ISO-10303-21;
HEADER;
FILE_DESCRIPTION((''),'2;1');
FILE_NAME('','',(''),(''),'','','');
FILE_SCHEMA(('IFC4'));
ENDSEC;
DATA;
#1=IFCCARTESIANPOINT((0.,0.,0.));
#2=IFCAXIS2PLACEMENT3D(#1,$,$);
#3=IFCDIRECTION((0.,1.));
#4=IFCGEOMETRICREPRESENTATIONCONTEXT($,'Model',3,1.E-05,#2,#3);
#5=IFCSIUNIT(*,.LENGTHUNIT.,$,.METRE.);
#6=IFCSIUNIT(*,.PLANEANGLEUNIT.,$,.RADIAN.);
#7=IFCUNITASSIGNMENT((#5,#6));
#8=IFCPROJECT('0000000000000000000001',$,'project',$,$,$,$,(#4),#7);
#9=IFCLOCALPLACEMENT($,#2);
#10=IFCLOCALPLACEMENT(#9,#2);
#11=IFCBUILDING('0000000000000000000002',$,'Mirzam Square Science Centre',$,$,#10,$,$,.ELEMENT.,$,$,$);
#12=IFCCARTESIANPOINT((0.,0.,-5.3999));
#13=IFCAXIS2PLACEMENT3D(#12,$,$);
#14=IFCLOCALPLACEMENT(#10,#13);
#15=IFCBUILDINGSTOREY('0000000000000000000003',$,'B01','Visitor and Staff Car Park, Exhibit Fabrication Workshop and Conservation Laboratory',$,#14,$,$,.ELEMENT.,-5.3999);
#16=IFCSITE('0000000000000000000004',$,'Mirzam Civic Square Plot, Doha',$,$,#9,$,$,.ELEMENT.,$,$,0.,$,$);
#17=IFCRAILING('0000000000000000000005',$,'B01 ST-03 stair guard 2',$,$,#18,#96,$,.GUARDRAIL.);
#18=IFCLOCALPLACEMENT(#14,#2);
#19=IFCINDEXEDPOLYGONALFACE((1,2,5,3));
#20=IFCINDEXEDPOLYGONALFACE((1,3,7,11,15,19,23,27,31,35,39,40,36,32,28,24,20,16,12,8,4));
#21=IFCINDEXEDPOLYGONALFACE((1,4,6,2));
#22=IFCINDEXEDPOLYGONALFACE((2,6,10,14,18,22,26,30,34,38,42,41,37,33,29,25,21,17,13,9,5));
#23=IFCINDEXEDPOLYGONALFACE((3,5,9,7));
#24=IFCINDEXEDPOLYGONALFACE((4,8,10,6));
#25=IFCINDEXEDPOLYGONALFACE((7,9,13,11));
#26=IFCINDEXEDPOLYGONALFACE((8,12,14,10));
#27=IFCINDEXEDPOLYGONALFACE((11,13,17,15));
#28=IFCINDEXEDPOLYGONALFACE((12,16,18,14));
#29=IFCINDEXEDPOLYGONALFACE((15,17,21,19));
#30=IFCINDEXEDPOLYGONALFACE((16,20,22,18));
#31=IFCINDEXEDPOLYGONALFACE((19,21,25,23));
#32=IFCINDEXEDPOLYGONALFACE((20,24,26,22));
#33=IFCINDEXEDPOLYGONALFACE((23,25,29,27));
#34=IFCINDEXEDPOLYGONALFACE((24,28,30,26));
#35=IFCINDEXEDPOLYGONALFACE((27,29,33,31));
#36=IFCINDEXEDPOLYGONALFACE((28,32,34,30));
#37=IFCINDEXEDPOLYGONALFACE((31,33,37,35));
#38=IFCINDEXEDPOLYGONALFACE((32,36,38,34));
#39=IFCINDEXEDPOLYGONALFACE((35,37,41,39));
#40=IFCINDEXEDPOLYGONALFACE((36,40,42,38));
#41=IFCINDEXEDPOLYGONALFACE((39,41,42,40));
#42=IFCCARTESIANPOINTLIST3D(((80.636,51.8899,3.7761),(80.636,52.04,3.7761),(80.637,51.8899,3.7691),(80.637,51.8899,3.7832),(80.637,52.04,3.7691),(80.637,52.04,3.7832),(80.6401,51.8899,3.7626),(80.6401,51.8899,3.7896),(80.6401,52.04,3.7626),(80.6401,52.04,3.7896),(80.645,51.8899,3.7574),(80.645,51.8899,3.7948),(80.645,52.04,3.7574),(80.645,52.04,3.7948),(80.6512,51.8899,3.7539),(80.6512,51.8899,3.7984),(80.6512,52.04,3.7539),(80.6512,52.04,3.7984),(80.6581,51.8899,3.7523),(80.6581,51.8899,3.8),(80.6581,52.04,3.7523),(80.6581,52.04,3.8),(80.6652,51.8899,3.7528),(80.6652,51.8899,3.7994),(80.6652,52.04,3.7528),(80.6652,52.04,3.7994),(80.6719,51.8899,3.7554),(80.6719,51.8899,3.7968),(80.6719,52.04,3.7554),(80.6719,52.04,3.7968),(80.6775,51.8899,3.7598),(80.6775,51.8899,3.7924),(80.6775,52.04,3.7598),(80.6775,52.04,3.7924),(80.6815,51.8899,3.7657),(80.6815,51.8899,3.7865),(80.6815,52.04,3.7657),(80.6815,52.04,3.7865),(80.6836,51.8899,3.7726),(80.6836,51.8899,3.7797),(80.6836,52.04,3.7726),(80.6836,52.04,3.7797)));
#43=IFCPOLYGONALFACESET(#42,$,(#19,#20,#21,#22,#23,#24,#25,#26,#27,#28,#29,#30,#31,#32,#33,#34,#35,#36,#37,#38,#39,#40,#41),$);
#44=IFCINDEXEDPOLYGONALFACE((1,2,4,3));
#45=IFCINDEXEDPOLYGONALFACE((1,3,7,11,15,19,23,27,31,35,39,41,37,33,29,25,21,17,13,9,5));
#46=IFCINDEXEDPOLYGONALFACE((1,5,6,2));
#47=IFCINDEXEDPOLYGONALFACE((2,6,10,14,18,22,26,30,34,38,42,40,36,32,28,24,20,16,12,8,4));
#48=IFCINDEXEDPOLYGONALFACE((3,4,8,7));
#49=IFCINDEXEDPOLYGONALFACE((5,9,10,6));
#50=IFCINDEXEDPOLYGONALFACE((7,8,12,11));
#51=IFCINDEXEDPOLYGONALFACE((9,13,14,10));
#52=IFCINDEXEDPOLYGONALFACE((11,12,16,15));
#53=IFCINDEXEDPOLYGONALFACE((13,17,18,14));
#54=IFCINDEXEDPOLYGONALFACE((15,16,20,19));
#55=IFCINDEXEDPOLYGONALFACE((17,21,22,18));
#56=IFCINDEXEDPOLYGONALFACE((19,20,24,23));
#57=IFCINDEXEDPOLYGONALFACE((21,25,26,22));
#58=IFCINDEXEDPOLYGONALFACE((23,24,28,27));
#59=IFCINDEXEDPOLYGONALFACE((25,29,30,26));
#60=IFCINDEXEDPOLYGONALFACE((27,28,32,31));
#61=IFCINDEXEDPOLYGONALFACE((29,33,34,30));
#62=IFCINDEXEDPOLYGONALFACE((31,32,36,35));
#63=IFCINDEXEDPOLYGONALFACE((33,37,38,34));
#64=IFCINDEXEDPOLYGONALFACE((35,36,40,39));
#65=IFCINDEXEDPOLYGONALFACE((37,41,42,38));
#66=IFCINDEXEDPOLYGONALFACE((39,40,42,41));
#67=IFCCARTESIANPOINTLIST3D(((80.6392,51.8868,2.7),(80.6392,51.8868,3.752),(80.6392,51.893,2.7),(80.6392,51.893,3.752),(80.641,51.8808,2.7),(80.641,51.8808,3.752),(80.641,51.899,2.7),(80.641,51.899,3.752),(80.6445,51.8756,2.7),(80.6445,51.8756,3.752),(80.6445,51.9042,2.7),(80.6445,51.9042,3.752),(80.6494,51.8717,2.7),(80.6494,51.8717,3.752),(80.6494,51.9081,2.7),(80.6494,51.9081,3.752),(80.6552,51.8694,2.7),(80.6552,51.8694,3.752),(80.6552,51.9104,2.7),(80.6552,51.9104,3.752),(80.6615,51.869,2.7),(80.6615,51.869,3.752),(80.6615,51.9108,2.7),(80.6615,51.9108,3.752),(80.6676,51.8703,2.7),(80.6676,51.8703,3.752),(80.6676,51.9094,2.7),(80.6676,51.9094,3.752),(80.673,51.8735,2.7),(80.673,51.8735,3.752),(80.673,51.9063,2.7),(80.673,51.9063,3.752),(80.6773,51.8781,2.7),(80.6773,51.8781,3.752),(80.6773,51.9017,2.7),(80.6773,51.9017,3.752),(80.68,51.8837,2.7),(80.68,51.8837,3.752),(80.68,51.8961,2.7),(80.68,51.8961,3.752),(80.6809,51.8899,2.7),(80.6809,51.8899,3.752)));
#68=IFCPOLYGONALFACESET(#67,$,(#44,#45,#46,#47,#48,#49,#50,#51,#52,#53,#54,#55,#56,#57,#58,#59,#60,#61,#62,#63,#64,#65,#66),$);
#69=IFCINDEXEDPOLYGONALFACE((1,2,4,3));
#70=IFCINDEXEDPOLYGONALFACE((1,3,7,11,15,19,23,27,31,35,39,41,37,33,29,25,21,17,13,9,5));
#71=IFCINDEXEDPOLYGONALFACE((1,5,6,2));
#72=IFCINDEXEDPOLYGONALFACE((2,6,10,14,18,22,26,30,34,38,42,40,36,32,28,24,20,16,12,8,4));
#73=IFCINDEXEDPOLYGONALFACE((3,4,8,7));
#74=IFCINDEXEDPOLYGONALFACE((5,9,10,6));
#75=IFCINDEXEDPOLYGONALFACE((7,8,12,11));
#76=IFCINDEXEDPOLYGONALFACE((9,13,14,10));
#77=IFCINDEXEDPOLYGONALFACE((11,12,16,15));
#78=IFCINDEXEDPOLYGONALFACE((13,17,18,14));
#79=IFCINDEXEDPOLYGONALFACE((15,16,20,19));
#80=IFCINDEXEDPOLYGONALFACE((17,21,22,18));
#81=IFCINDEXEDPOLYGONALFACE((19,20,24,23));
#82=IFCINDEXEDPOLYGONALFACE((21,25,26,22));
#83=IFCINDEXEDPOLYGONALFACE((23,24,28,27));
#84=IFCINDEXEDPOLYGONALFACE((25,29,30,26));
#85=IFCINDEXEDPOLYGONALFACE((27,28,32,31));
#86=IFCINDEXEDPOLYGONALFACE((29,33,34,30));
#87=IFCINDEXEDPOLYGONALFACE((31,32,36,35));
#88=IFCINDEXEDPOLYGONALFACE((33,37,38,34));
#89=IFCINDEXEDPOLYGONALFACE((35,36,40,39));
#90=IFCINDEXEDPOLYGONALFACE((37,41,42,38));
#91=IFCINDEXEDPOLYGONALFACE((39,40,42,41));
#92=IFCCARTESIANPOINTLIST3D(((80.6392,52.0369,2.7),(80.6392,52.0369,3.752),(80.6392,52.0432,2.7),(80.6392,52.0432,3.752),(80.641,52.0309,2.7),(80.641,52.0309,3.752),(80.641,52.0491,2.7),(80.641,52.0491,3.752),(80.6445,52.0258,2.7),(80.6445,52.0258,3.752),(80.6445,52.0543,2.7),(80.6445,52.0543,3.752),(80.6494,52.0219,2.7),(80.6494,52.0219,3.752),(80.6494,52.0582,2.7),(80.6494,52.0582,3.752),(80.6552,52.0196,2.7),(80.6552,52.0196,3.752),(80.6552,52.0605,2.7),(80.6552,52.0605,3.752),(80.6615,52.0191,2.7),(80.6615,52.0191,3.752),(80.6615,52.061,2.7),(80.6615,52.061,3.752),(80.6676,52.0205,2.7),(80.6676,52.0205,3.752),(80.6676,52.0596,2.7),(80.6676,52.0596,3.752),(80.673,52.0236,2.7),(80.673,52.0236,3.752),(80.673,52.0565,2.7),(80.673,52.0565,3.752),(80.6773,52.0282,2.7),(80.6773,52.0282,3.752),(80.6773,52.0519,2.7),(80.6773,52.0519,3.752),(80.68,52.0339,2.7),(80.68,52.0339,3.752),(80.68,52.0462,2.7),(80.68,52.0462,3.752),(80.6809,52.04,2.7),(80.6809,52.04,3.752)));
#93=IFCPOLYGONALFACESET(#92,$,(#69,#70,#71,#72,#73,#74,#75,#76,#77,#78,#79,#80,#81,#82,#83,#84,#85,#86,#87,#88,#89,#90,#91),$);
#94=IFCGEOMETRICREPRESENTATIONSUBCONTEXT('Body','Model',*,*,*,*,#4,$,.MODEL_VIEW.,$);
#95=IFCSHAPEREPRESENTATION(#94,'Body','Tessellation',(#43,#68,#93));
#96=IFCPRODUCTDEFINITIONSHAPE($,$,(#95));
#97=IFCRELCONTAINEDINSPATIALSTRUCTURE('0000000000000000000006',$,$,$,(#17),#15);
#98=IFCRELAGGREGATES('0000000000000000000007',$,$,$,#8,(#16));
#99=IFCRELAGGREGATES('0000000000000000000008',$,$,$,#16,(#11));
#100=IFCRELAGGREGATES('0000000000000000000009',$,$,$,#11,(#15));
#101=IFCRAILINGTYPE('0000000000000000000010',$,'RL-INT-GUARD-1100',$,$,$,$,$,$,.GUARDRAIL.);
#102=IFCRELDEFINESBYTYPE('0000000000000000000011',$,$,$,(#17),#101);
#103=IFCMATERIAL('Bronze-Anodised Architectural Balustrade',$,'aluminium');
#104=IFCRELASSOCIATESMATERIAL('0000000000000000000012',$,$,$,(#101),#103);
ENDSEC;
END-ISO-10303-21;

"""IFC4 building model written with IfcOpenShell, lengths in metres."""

from ifc_helpers import new_model, si_unit, direction, frame, origin, origin_2d, place, context, subcontext, project, spatial, circle, extrude, material, type_object, element, save


model = new_model("IFC4")

# Units and contexts
model_context = context("Model", 3, precision=1e-05, world=origin(), true_north=direction((0.0, 1.0)))
body_context = subcontext(model_context, "Body", "Model", "MODEL_VIEW")
ifc_project = project(units=[si_unit("LENGTHUNIT", "METRE"), si_unit("PLANEANGLEUNIT", "RADIAN")], contexts=[model_context])

# Site, building, storey
site_placement = place(None, origin())
site = spatial("IfcSite", under=ifc_project, at=site_placement, Name="Mirzam Civic Square Plot, Doha", CompositionType="ELEMENT", RefElevation=0.0)
building_placement = place(site_placement, origin())
building = spatial("IfcBuilding", under=site, at=building_placement, Name="Mirzam Square Science Centre", CompositionType="ELEMENT")
storey_placement = place(building_placement, frame((0.0, 0.0, -5.3999)))
storey = spatial("IfcBuildingStorey", under=building, at=storey_placement, Name="B01", Description="Visitor and Staff Car Park, Exhibit Fabrication Workshop and Conservation Laboratory", CompositionType="ELEMENT", Elevation=-5.3999)

# Railing
ifc_material_1 = material(Name="Bronze-Anodised Architectural Balustrade", Category="aluminium")
railing_type_1 = type_object("IfcRailingType", Name="RL-INT-GUARD-1100", PredefinedType="GUARDRAIL", material=ifc_material_1)
railing_1_placement = place(storey_placement, frame((80.6599, 51.8899, 2.7)))
element("IfcRailing", 1, at=railing_1_placement, inside=storey, type_object=railing_type_1, Name="B01 ST-03 stair guard 2", PredefinedType="GUARDRAIL", context=body_context, shape_type="SweptSolid", body=[
    extrude(circle(Radius=0.0239, at=origin_2d()), frame((0.0, 0.0, 1.0762), z_axis=(0.0, 1.0, 0.0), x_axis=(-1.0, 0.0, 0.0)), (0.0, 0.0, 1.0), 0.1501),
    extrude(circle(Radius=0.021, at=origin_2d()), origin(), (0.0, 0.0, 1.0), 1.052),
    extrude(circle(Radius=0.021, at=origin_2d()), frame((0.0, 0.1501, 0.0)), (0.0, 0.0, 1.0), 1.052),
])

save(model, "model.ifc")
